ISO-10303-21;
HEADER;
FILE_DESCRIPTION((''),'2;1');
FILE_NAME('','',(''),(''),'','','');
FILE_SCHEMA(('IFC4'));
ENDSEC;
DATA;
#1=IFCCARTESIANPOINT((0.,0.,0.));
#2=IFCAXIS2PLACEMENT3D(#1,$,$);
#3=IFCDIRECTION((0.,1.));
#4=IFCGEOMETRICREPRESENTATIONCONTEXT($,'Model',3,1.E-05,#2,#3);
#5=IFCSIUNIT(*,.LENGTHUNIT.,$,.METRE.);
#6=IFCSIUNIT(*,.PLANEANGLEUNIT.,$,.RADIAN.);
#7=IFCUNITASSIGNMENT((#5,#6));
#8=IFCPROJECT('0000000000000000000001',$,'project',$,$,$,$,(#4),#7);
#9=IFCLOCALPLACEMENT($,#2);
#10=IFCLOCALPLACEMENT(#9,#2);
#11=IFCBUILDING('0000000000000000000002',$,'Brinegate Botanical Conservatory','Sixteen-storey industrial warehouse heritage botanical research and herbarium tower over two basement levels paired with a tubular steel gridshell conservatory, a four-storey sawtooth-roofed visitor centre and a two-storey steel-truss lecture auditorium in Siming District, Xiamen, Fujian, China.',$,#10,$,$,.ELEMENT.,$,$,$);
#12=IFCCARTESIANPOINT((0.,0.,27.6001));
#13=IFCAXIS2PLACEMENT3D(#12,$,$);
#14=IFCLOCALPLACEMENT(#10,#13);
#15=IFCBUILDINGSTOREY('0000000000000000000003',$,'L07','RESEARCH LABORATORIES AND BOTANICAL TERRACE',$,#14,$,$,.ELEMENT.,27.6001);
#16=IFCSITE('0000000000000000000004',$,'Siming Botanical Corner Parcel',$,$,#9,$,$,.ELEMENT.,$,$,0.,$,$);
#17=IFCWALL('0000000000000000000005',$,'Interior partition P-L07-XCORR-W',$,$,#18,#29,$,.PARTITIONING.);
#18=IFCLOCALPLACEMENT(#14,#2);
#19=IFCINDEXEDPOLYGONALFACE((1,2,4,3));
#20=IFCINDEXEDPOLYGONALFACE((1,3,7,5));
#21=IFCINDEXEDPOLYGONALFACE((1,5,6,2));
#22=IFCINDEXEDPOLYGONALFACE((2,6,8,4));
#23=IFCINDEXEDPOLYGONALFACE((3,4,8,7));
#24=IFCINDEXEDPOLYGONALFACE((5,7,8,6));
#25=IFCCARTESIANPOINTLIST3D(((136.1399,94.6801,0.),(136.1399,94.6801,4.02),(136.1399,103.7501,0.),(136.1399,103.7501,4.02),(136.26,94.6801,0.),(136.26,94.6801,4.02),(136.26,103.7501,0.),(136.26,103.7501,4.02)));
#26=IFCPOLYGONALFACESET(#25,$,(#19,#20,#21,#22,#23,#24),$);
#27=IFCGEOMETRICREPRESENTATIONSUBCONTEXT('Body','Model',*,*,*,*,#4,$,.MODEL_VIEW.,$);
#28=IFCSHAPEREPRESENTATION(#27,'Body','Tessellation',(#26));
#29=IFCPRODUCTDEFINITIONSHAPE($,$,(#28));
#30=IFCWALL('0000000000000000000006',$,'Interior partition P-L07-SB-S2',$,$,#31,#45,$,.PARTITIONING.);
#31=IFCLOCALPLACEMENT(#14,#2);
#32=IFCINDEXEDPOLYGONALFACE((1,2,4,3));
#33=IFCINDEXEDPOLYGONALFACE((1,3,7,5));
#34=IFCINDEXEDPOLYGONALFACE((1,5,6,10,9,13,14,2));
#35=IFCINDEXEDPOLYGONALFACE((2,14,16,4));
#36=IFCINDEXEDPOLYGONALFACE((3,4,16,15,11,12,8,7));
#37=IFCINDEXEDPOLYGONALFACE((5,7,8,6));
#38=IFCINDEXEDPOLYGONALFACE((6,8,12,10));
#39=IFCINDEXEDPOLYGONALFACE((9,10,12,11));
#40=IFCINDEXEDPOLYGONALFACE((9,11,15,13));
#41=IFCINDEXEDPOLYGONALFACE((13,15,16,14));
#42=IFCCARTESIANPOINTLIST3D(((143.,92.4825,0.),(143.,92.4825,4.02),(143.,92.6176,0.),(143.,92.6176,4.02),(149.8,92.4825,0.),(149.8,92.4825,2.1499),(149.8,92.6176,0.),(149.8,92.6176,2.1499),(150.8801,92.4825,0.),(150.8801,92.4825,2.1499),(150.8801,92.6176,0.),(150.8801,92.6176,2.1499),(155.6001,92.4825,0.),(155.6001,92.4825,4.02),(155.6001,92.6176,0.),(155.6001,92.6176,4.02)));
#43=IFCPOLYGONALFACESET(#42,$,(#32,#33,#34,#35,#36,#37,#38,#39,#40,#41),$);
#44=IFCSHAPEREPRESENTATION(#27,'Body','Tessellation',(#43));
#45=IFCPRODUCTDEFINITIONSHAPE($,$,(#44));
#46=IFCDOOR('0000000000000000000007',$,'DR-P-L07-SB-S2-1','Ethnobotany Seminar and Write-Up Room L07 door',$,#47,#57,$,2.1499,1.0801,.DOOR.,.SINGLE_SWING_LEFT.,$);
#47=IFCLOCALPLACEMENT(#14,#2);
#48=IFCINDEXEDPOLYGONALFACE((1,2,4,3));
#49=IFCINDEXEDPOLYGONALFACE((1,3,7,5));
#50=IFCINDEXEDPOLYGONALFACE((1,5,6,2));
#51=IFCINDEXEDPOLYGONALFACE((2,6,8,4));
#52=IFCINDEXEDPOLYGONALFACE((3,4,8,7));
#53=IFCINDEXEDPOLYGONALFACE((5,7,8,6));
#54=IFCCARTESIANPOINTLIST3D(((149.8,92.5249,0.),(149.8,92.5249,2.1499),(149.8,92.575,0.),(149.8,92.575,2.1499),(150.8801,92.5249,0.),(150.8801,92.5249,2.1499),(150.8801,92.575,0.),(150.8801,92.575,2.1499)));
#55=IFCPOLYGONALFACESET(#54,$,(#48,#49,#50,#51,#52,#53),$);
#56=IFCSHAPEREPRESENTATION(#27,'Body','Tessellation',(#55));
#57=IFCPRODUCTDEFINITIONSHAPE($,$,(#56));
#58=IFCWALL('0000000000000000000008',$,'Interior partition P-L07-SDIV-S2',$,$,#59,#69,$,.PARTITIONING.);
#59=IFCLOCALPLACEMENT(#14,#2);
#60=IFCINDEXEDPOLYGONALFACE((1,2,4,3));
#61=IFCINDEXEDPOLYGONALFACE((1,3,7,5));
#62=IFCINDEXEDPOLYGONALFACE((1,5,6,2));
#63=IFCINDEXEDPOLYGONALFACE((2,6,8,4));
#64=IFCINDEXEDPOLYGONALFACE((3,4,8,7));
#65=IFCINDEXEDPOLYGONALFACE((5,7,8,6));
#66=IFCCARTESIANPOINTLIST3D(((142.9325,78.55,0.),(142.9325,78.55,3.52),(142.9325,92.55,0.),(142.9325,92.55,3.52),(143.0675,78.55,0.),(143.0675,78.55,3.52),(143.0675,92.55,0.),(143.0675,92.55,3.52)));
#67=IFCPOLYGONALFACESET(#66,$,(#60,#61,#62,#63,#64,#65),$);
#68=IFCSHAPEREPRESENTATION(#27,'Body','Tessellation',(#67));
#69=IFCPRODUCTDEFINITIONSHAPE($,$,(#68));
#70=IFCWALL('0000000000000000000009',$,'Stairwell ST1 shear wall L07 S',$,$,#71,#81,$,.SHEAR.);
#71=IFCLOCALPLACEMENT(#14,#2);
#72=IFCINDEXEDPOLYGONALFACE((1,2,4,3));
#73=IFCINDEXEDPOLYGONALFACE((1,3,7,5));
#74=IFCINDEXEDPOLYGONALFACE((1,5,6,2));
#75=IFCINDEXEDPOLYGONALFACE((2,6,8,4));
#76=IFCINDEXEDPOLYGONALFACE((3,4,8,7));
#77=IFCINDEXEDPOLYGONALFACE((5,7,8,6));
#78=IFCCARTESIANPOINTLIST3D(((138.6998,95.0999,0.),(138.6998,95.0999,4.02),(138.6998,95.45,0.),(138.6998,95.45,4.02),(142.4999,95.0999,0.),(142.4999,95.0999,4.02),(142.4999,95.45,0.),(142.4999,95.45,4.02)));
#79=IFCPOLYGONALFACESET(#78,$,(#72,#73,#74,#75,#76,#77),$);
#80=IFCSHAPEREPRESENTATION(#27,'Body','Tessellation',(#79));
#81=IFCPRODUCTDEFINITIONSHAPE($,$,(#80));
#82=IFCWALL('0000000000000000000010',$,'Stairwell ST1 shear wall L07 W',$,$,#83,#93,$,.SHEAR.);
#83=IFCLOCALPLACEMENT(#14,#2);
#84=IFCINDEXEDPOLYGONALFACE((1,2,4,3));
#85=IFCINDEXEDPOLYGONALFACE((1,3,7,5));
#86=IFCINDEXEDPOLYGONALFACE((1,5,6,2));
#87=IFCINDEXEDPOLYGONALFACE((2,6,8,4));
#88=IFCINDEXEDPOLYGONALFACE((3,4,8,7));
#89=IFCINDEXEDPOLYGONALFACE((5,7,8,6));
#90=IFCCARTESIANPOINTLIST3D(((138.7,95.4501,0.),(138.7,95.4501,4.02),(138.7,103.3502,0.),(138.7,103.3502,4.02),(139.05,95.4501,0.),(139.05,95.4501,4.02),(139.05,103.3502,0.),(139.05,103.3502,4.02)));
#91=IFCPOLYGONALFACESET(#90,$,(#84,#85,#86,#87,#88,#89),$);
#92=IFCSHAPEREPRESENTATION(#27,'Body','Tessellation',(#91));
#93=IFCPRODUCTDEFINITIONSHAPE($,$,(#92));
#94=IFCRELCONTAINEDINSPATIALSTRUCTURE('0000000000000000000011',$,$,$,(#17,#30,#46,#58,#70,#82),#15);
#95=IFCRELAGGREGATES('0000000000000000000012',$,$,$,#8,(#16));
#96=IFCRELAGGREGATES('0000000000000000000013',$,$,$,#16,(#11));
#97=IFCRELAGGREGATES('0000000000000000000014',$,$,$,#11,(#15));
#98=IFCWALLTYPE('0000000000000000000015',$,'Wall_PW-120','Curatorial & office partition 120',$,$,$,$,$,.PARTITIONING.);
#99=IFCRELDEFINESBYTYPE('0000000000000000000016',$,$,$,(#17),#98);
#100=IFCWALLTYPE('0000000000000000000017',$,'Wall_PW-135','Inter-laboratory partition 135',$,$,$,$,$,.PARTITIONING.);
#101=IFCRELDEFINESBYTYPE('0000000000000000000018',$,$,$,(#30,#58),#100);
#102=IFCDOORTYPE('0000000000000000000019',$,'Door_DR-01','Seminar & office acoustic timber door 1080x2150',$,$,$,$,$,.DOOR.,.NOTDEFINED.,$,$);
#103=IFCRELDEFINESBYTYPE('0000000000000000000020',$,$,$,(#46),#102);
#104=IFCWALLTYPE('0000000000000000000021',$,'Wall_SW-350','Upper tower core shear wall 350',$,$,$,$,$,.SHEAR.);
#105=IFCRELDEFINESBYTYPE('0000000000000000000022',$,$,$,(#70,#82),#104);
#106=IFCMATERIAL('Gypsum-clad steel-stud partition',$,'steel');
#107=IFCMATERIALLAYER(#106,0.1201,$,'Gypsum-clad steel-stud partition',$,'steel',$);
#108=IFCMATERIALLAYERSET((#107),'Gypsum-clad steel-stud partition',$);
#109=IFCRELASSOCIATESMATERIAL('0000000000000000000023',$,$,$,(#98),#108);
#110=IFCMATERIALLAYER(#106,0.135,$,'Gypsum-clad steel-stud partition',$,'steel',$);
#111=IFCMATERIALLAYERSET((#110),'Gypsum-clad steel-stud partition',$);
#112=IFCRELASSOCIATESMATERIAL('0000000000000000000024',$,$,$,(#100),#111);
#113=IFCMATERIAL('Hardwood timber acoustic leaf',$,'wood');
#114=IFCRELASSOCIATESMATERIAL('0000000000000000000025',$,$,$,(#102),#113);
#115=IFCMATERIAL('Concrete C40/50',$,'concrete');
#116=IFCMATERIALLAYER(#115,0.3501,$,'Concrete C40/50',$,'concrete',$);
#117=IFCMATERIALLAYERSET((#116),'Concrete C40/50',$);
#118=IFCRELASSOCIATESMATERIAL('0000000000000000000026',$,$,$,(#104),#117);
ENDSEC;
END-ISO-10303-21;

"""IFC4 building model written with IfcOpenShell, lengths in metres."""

from ifc_helpers import new_model, si_unit, direction, frame, frame_2d, origin, place, context, subcontext, project, spatial, rectangle, extrude, material, layer, layer_set, type_object, element, fill, save


model = new_model("IFC4")

# Units and contexts
model_context = context("Model", 3, precision=1e-05, world=origin(), true_north=direction((0.0, 1.0)))
body_context = subcontext(model_context, "Body", "Model", "MODEL_VIEW")
ifc_project = project(units=[si_unit("LENGTHUNIT", "METRE"), si_unit("PLANEANGLEUNIT", "RADIAN")], contexts=[model_context])

# Site, building, storey
site_placement = place(None, origin())
site = spatial("IfcSite", under=ifc_project, at=site_placement, Name="Siming Botanical Corner Parcel", CompositionType="ELEMENT", RefElevation=0.0)
building_placement = place(site_placement, origin())
building = spatial("IfcBuilding", under=site, at=building_placement, Name="Brinegate Botanical Conservatory", Description="Sixteen-storey industrial warehouse heritage botanical research and herbarium tower over two basement levels paired with a tubular steel gridshell conservatory, a four-storey sawtooth-roofed visitor centre and a two-storey steel-truss lecture auditorium in Siming District, Xiamen, Fujian, China.", CompositionType="ELEMENT")
storey_placement = place(building_placement, frame((0.0, 0.0, 27.6001)))
storey = spatial("IfcBuildingStorey", under=building, at=storey_placement, Name="L07", Description="RESEARCH LABORATORIES AND BOTANICAL TERRACE", CompositionType="ELEMENT", Elevation=27.6001)

# Shared definitions
ifc_material_1 = material(Name="Concrete C40/50", Category="concrete")

# Wall
ifc_material_2 = material(Name="Gypsum-clad steel-stud partition", Category="steel")
ifc_layer_1 = layer(ifc_material_2, 0.1201, Name="Gypsum-clad steel-stud partition", Category="steel")
ifc_layer_set_1 = layer_set([ifc_layer_1], Name="Gypsum-clad steel-stud partition")
wall_type_1 = type_object("IfcWallType", Name="Wall_PW-120", Description="Curatorial & office partition 120", PredefinedType="PARTITIONING", material=ifc_layer_set_1)
wall_1_placement = place(storey_placement, frame((136.2, 94.6799, 0.0), z_axis=(0.0, 0.0, 1.0), x_axis=(0.0, 1.0, 0.0)))
element("IfcWall", 1, at=wall_1_placement, inside=storey, type_object=wall_type_1, Name="Interior partition P-L07-XCORR-W", PredefinedType="PARTITIONING", context=body_context, shape_type="SweptSolid", body=[
    extrude(rectangle(XDim=9.0701, YDim=0.1201, at=frame_2d((4.5352, 0.0))), origin(), (0.0, 0.0, 1.0), 4.02),
])

# Wall, opening, door
ifc_layer_2 = layer(ifc_material_2, 0.135, Name="Gypsum-clad steel-stud partition", Category="steel")
ifc_layer_set_2 = layer_set([ifc_layer_2], Name="Gypsum-clad steel-stud partition")
wall_type_2 = type_object("IfcWallType", Name="Wall_PW-135", Description="Inter-laboratory partition 135", PredefinedType="PARTITIONING", material=ifc_layer_set_2)
wall_2_placement = place(storey_placement, frame((143.0, 92.55, 0.0), z_axis=(0.0, 0.0, 1.0), x_axis=(1.0, 0.0, 0.0)))
wall_2 = element("IfcWall", 2, at=wall_2_placement, inside=storey, type_object=wall_type_2, Name="Interior partition P-L07-SB-S2", PredefinedType="PARTITIONING", context=body_context, shape_type="SweptSolid", body=[
    extrude(rectangle(XDim=12.6001, YDim=0.135, at=frame_2d((6.3, 0.0))), origin(), (0.0, 0.0, 1.0), 4.02),
])
opening_1_placement = place(wall_2_placement, frame((6.8, 0.0, 0.0)))
opening_1 = element("IfcOpeningElement", 3, at=opening_1_placement, cuts=wall_2, PredefinedType="OPENING", context=body_context, shape_type="SweptSolid", body=[
    extrude(rectangle(XDim=1.0801, YDim=2.1499, at=frame_2d((0.54, 1.075))), frame((0.0, 0.0774, 0.0), z_axis=(0.0, -1.0, 0.0), x_axis=(1.0, 0.0, 0.0)), (0.0, 0.0, 1.0), 0.155),
])
ifc_material_3 = material(Name="Hardwood timber acoustic leaf", Category="wood")
door_type_1 = type_object("IfcDoorType", Name="Door_DR-01", Description="Seminar & office acoustic timber door 1080x2150", OperationType="NOTDEFINED", PredefinedType="DOOR", material=ifc_material_3)
door_1_placement = place(opening_1_placement, origin())
door_1 = element("IfcDoor", 4, at=door_1_placement, inside=storey, type_object=door_type_1, Name="DR-P-L07-SB-S2-1", Description="Ethnobotany Seminar and Write-Up Room L07 door", OperationType="SINGLE_SWING_LEFT", OverallHeight=2.1499, OverallWidth=1.0801, PredefinedType="DOOR", context=body_context, shape_type="SweptSolid", body=[
    extrude(rectangle(XDim=1.0801, YDim=2.1499, at=frame_2d((0.54, 1.075))), frame((0.0, 0.0249, 0.0), z_axis=(0.0, -1.0, 0.0), x_axis=(1.0, 0.0, 0.0)), (0.0, 0.0, 1.0), 0.05),
])
fill(opening_1, door_1)

# Wall
wall_3_placement = place(storey_placement, frame((143.0, 78.55, 0.0), z_axis=(0.0, 0.0, 1.0), x_axis=(0.0, 1.0, 0.0)))
element("IfcWall", 5, at=wall_3_placement, inside=storey, type_object=wall_type_2, Name="Interior partition P-L07-SDIV-S2", PredefinedType="PARTITIONING", context=body_context, shape_type="SweptSolid", body=[
    extrude(rectangle(XDim=14.0, YDim=0.135, at=frame_2d((7.0, 0.0))), origin(), (0.0, 0.0, 1.0), 3.52),
])

# Walls
ifc_layer_3 = layer(ifc_material_1, 0.3501, Name="Concrete C40/50", Category="concrete")
ifc_layer_set_3 = layer_set([ifc_layer_3], Name="Concrete C40/50")
wall_type_3 = type_object("IfcWallType", Name="Wall_SW-350", Description="Upper tower core shear wall 350", PredefinedType="SHEAR", material=ifc_layer_set_3)
wall_4_placement = place(storey_placement, frame((138.7, 95.2749, 0.0), z_axis=(0.0, 0.0, 1.0), x_axis=(1.0, 0.0, 0.0)))
element("IfcWall", 6, at=wall_4_placement, inside=storey, type_object=wall_type_3, Name="Stairwell ST1 shear wall L07 S", PredefinedType="SHEAR", context=body_context, shape_type="SweptSolid", body=[
    extrude(rectangle(XDim=3.8, YDim=0.3501, at=frame_2d((1.8999, 0.0))), origin(), (0.0, 0.0, 1.0), 4.02),
])
wall_5_placement = place(storey_placement, frame((138.875, 95.45, 0.0), z_axis=(0.0, 0.0, 1.0), x_axis=(0.0, 1.0, 0.0)))
element("IfcWall", 7, at=wall_5_placement, inside=storey, type_object=wall_type_3, Name="Stairwell ST1 shear wall L07 W", PredefinedType="SHEAR", context=body_context, shape_type="SweptSolid", body=[
    extrude(rectangle(XDim=7.9001, YDim=0.3501, at=frame_2d((3.9502, 0.0))), origin(), (0.0, 0.0, 1.0), 4.02),
])

save(model, "model.ifc")
